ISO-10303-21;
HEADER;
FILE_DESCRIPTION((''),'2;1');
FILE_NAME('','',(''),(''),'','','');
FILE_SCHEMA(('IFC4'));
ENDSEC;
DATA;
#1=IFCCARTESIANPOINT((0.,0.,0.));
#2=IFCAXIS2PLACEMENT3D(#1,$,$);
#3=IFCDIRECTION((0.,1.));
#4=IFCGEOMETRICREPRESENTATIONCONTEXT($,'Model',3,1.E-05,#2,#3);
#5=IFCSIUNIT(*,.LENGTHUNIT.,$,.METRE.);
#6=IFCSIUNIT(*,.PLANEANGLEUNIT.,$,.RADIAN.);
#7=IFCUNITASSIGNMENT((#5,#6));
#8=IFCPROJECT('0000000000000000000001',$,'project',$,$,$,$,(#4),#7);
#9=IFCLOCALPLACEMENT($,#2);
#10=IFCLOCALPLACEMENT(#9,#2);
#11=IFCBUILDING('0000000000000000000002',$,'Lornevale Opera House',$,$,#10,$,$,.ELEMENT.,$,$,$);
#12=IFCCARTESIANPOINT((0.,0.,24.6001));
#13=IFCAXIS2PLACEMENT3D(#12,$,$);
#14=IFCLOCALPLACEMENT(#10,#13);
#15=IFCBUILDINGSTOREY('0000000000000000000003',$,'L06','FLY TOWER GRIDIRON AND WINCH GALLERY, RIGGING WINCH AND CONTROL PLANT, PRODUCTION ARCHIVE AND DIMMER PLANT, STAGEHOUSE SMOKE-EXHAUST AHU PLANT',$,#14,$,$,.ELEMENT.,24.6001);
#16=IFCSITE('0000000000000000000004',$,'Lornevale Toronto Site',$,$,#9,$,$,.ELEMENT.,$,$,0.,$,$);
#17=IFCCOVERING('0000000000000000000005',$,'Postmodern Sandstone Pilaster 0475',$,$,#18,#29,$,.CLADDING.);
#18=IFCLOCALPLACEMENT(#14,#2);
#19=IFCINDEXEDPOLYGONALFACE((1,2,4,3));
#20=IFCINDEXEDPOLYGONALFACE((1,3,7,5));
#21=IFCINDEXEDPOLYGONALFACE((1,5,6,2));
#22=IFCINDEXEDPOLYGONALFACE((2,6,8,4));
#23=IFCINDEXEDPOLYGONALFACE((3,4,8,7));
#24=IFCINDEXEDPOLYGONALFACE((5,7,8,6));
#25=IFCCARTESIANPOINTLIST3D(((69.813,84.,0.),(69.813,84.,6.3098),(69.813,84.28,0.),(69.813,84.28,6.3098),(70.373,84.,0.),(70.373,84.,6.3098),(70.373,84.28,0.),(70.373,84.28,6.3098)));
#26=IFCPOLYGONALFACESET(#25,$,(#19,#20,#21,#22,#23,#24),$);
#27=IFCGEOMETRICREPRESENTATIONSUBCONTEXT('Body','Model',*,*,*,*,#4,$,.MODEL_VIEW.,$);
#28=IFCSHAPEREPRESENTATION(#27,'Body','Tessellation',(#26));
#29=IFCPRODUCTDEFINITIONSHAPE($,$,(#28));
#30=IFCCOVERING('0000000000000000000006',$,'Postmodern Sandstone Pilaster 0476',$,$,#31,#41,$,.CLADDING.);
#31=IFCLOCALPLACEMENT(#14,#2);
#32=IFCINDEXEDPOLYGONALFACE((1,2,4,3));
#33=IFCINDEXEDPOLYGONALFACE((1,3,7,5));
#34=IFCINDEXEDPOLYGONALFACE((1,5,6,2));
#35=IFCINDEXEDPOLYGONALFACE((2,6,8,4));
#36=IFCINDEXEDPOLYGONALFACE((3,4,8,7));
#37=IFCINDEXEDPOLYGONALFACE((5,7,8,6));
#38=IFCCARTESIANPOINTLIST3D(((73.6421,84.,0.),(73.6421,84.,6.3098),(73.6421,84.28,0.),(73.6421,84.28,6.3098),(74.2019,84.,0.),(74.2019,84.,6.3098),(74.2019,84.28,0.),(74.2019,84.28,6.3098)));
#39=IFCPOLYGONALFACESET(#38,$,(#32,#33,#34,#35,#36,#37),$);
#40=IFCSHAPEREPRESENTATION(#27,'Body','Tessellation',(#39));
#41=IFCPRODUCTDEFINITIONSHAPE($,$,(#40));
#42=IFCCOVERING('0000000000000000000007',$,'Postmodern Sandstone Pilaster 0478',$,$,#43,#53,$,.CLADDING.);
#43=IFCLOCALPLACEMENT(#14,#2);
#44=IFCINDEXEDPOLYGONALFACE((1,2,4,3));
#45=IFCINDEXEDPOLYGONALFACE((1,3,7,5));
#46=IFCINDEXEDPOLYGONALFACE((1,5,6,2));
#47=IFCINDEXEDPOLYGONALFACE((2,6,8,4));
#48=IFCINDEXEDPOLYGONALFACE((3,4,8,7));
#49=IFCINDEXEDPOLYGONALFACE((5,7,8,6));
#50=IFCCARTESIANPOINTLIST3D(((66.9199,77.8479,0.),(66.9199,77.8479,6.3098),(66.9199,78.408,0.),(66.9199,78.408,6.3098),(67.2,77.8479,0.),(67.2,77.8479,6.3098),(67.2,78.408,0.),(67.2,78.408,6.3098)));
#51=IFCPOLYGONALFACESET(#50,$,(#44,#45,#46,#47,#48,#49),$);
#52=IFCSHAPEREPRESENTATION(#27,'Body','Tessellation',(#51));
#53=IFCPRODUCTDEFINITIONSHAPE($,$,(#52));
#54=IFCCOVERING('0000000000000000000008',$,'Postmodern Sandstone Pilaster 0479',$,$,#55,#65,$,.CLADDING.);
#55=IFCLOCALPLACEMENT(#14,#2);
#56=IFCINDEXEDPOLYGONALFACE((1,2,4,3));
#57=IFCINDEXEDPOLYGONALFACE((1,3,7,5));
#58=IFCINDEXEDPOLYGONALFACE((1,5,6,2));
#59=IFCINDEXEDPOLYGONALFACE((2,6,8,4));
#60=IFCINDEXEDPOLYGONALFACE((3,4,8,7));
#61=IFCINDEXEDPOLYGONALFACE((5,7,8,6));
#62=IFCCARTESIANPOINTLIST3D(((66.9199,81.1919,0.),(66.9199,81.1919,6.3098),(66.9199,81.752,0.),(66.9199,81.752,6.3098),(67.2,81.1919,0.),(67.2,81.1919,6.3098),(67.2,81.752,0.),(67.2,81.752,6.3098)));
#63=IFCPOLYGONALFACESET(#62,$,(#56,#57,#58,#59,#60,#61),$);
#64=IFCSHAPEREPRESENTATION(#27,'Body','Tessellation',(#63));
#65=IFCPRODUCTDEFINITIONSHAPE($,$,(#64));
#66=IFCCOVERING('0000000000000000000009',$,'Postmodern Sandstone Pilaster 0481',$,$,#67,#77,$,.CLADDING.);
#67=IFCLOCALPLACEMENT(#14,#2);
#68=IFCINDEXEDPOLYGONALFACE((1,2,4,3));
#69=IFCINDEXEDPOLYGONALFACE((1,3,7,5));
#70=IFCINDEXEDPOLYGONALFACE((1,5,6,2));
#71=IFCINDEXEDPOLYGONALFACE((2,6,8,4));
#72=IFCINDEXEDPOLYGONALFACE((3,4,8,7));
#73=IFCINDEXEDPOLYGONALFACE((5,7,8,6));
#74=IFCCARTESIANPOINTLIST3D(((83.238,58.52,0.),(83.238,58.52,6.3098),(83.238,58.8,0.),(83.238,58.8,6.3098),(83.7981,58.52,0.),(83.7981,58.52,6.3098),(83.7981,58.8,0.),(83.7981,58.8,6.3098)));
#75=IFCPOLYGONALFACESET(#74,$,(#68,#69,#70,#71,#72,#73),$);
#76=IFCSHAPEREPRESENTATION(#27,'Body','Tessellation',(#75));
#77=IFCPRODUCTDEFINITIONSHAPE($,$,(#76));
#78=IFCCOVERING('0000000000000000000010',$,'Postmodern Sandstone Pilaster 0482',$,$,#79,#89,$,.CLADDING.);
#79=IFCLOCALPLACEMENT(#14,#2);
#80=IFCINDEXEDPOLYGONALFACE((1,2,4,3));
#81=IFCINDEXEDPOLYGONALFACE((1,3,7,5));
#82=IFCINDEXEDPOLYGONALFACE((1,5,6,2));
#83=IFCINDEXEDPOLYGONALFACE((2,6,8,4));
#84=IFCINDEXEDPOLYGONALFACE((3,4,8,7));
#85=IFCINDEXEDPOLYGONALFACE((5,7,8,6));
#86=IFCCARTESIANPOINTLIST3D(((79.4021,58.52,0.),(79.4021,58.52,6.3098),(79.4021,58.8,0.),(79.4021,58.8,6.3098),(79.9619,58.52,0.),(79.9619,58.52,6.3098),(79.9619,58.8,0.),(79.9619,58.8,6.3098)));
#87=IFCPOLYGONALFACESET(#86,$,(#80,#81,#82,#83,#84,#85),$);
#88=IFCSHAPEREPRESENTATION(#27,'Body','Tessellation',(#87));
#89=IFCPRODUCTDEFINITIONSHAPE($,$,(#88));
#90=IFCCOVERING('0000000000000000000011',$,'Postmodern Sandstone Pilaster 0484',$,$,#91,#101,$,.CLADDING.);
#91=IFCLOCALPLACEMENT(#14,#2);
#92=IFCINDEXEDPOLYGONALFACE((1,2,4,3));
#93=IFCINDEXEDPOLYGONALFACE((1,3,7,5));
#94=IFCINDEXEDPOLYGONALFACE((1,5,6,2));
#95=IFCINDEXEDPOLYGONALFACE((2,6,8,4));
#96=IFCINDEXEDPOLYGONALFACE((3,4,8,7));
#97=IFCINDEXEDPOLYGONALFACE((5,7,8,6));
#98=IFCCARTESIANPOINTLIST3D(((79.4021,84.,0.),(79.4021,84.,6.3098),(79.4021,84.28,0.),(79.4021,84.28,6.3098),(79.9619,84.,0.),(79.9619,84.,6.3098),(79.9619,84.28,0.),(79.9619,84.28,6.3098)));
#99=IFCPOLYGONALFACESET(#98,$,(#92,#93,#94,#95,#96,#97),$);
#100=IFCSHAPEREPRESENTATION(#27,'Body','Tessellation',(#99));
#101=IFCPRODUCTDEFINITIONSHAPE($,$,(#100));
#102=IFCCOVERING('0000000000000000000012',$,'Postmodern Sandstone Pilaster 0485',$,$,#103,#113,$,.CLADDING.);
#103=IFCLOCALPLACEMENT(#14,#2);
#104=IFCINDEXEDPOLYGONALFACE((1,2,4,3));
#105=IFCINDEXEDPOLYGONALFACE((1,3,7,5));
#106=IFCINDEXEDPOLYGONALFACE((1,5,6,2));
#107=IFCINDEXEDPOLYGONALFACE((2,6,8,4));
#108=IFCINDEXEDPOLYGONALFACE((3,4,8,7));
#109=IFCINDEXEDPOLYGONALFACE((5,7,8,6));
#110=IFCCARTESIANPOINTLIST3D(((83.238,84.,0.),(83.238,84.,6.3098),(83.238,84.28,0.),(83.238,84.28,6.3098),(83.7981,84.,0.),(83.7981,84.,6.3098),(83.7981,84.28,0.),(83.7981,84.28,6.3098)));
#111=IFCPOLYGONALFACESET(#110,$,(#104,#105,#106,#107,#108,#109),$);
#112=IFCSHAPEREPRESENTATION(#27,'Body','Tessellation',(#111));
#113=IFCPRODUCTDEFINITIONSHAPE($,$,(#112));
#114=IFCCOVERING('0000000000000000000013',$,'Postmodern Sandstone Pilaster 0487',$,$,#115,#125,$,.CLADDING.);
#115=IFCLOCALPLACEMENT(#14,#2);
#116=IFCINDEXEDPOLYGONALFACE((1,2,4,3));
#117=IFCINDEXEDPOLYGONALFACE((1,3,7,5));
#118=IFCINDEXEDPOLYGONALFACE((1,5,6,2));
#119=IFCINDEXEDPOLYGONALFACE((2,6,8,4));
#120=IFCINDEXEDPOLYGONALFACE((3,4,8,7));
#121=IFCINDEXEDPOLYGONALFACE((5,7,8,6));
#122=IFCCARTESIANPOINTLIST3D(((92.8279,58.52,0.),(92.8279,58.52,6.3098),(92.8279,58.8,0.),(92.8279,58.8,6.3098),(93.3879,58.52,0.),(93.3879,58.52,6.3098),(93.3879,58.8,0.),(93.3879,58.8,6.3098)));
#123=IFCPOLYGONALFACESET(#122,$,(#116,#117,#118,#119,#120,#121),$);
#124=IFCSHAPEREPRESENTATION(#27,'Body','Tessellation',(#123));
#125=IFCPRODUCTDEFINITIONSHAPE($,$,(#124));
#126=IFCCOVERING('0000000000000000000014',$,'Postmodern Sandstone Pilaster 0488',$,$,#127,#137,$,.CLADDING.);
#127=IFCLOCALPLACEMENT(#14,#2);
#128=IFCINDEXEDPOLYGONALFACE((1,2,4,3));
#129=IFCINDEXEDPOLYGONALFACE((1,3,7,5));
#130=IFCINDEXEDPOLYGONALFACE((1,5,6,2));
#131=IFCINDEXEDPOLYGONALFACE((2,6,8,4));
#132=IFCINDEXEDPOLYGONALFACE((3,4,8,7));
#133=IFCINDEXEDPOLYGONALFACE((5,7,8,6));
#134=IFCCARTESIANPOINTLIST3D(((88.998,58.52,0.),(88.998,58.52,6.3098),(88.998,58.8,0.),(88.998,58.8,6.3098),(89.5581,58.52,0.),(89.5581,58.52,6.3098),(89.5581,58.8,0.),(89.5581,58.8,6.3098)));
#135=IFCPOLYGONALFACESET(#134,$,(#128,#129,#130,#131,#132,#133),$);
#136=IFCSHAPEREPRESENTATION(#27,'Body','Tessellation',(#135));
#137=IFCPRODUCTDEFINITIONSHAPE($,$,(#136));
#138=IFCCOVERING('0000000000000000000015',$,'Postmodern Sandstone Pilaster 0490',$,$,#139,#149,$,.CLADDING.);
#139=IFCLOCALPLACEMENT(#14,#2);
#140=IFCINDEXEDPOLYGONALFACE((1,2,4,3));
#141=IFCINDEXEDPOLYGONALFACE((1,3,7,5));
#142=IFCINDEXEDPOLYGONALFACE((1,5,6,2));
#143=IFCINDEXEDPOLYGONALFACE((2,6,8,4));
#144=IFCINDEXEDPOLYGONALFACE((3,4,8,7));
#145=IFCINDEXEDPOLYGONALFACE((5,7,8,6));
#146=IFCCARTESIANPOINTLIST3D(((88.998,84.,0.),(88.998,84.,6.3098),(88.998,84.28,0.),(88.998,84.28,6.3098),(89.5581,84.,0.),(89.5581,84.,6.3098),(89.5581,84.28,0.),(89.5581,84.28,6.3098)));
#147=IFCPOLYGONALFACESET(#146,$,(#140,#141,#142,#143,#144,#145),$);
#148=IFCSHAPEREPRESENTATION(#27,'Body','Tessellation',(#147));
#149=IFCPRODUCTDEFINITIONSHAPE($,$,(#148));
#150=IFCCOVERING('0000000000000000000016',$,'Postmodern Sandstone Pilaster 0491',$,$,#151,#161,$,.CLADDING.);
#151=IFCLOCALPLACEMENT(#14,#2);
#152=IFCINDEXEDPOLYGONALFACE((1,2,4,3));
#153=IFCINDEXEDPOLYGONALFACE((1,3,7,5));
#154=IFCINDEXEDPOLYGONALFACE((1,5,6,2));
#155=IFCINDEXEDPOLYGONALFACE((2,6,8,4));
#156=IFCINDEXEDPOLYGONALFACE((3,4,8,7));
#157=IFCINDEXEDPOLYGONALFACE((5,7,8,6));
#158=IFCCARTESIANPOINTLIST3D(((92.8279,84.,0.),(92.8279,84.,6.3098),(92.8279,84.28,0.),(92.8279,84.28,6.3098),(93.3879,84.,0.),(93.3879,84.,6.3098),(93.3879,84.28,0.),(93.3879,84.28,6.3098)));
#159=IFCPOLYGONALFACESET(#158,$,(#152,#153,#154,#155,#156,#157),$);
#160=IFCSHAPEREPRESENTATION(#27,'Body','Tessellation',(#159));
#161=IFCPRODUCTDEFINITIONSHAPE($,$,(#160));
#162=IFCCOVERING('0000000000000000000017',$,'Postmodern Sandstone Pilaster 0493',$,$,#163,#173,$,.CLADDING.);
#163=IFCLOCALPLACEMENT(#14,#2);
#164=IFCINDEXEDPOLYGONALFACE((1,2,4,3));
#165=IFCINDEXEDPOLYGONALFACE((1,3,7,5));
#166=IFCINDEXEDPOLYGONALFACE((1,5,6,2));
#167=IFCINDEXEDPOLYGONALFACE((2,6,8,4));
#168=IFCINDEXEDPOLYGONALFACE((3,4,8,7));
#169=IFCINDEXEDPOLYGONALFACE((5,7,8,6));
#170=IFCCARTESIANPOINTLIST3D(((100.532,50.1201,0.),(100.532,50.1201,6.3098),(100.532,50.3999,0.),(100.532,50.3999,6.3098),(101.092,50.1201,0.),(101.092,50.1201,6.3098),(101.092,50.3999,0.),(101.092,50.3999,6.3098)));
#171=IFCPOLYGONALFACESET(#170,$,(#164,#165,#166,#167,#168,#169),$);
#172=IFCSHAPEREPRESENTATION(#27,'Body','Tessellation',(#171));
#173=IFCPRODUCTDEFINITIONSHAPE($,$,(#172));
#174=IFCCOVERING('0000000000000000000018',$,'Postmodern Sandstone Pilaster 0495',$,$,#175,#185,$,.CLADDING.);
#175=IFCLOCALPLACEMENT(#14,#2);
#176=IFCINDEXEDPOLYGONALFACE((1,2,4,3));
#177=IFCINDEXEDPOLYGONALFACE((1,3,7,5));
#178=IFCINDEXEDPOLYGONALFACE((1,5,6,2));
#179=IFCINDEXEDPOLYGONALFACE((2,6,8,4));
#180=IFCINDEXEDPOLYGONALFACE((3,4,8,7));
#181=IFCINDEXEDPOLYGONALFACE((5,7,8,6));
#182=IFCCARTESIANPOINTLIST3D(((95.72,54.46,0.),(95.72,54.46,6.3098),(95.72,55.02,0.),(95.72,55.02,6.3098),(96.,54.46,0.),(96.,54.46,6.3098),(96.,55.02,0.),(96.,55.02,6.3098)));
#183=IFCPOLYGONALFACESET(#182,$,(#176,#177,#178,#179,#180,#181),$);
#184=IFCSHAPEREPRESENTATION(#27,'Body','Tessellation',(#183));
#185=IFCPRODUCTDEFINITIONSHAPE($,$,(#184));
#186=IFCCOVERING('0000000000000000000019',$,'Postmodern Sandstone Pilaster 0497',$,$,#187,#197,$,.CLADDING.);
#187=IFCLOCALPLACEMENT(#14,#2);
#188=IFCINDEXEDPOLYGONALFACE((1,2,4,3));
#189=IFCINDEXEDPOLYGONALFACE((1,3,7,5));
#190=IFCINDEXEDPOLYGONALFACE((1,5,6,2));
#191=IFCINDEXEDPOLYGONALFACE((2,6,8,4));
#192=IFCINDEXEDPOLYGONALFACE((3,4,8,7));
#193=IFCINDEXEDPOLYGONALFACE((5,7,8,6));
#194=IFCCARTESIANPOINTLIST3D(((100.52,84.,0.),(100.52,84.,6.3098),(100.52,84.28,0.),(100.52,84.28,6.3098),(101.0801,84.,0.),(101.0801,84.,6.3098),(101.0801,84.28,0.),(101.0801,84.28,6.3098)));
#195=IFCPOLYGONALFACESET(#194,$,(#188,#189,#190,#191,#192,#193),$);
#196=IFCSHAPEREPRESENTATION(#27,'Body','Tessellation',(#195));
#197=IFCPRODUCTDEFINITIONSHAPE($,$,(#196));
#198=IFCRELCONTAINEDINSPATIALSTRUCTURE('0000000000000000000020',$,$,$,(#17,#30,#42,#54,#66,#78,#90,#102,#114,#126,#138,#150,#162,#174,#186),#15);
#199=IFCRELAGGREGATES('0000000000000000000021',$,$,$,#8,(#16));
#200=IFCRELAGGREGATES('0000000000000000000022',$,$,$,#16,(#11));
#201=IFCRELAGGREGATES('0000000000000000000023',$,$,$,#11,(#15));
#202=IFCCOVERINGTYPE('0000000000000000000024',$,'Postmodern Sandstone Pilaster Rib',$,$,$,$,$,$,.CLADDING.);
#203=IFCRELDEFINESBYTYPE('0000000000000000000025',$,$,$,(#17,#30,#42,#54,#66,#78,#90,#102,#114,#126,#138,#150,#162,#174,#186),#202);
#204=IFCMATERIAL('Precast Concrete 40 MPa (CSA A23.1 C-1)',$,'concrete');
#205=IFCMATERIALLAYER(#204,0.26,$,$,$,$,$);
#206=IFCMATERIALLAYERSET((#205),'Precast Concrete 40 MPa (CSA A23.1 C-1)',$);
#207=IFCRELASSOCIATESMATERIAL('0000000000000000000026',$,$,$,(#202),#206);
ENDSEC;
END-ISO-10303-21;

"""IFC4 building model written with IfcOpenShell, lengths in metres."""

from ifc_helpers import new_model, si_unit, direction, frame, origin, place, context, subcontext, project, spatial, polyline, outline, extrude, material, layer, layer_set, type_object, element, save


model = new_model("IFC4")

# Units and contexts
model_context = context("Model", 3, precision=1e-05, world=origin(), true_north=direction((0.0, 1.0)))
body_context = subcontext(model_context, "Body", "Model", "MODEL_VIEW")
ifc_project = project(units=[si_unit("LENGTHUNIT", "METRE"), si_unit("PLANEANGLEUNIT", "RADIAN")], contexts=[model_context])

# Site, building, storey
site_placement = place(None, origin())
site = spatial("IfcSite", under=ifc_project, at=site_placement, Name="Lornevale Toronto Site", CompositionType="ELEMENT", RefElevation=0.0)
building_placement = place(site_placement, origin())
building = spatial("IfcBuilding", under=site, at=building_placement, Name="Lornevale Opera House", CompositionType="ELEMENT")
storey_placement = place(building_placement, frame((0.0, 0.0, 24.6001)))
storey = spatial("IfcBuildingStorey", under=building, at=storey_placement, Name="L06", Description="FLY TOWER GRIDIRON AND WINCH GALLERY, RIGGING WINCH AND CONTROL PLANT, PRODUCTION ARCHIVE AND DIMMER PLANT, STAGEHOUSE SMOKE-EXHAUST AHU PLANT", CompositionType="ELEMENT", Elevation=24.6001)

# Coverings
ifc_material_1 = material(Name="Precast Concrete 40 MPa (CSA A23.1 C-1)", Category="concrete")
ifc_layer_1 = layer(ifc_material_1, 0.26)
ifc_layer_set_1 = layer_set([ifc_layer_1], Name="Precast Concrete 40 MPa (CSA A23.1 C-1)")
covering_type = type_object("IfcCoveringType", Name="Postmodern Sandstone Pilaster Rib", PredefinedType="CLADDING", material=ifc_layer_set_1)
covering_1_placement = place(storey_placement, origin())
element("IfcCovering", 1, at=covering_1_placement, inside=storey, type_object=covering_type, Name="Postmodern Sandstone Pilaster 0475", PredefinedType="CLADDING", context=body_context, shape_type="SweptSolid", body=[
    extrude(outline(polyline([(69.813, 84.0), (70.373, 84.0), (70.373, 84.28), (69.813, 84.28), (69.813, 84.0)])), origin(), (0.0, 0.0, 1.0), 6.3098),
])
covering_2_placement = place(storey_placement, origin())
element("IfcCovering", 2, at=covering_2_placement, inside=storey, type_object=covering_type, Name="Postmodern Sandstone Pilaster 0476", PredefinedType="CLADDING", context=body_context, shape_type="SweptSolid", body=[
    extrude(outline(polyline([(73.6421, 84.0), (74.2019, 84.0), (74.2019, 84.28), (73.6421, 84.28), (73.6421, 84.0)])), origin(), (0.0, 0.0, 1.0), 6.3098),
])
covering_3_placement = place(storey_placement, origin())
element("IfcCovering", 3, at=covering_3_placement, inside=storey, type_object=covering_type, Name="Postmodern Sandstone Pilaster 0478", PredefinedType="CLADDING", context=body_context, shape_type="SweptSolid", body=[
    extrude(outline(polyline([(67.2, 77.8479), (67.2, 78.408), (66.9199, 78.408), (66.9199, 77.8479), (67.2, 77.8479)])), origin(), (0.0, 0.0, 1.0), 6.3098),
])
covering_4_placement = place(storey_placement, origin())
element("IfcCovering", 4, at=covering_4_placement, inside=storey, type_object=covering_type, Name="Postmodern Sandstone Pilaster 0479", PredefinedType="CLADDING", context=body_context, shape_type="SweptSolid", body=[
    extrude(outline(polyline([(67.2, 81.1919), (67.2, 81.752), (66.9199, 81.752), (66.9199, 81.1919), (67.2, 81.1919)])), origin(), (0.0, 0.0, 1.0), 6.3098),
])
covering_5_placement = place(storey_placement, origin())
element("IfcCovering", 5, at=covering_5_placement, inside=storey, type_object=covering_type, Name="Postmodern Sandstone Pilaster 0481", PredefinedType="CLADDING", context=body_context, shape_type="SweptSolid", body=[
    extrude(outline(polyline([(83.7981, 58.8), (83.238, 58.8), (83.238, 58.52), (83.7981, 58.52), (83.7981, 58.8)])), origin(), (0.0, 0.0, 1.0), 6.3098),
])
covering_6_placement = place(storey_placement, origin())
element("IfcCovering", 6, at=covering_6_placement, inside=storey, type_object=covering_type, Name="Postmodern Sandstone Pilaster 0482", PredefinedType="CLADDING", context=body_context, shape_type="SweptSolid", body=[
    extrude(outline(polyline([(79.9619, 58.8), (79.4021, 58.8), (79.4021, 58.52), (79.9619, 58.52), (79.9619, 58.8)])), origin(), (0.0, 0.0, 1.0), 6.3098),
])
covering_7_placement = place(storey_placement, origin())
element("IfcCovering", 7, at=covering_7_placement, inside=storey, type_object=covering_type, Name="Postmodern Sandstone Pilaster 0484", PredefinedType="CLADDING", context=body_context, shape_type="SweptSolid", body=[
    extrude(outline(polyline([(79.4021, 84.0), (79.9619, 84.0), (79.9619, 84.28), (79.4021, 84.28), (79.4021, 84.0)])), origin(), (0.0, 0.0, 1.0), 6.3098),
])
covering_8_placement = place(storey_placement, origin())
element("IfcCovering", 8, at=covering_8_placement, inside=storey, type_object=covering_type, Name="Postmodern Sandstone Pilaster 0485", PredefinedType="CLADDING", context=body_context, shape_type="SweptSolid", body=[
    extrude(outline(polyline([(83.238, 84.0), (83.7981, 84.0), (83.7981, 84.28), (83.238, 84.28), (83.238, 84.0)])), origin(), (0.0, 0.0, 1.0), 6.3098),
])
covering_9_placement = place(storey_placement, origin())
element("IfcCovering", 9, at=covering_9_placement, inside=storey, type_object=covering_type, Name="Postmodern Sandstone Pilaster 0487", PredefinedType="CLADDING", context=body_context, shape_type="SweptSolid", body=[
    extrude(outline(polyline([(93.3879, 58.8), (92.8279, 58.8), (92.8279, 58.52), (93.3879, 58.52), (93.3879, 58.8)])), origin(), (0.0, 0.0, 1.0), 6.3098),
])
covering_10_placement = place(storey_placement, origin())
element("IfcCovering", 10, at=covering_10_placement, inside=storey, type_object=covering_type, Name="Postmodern Sandstone Pilaster 0488", PredefinedType="CLADDING", context=body_context, shape_type="SweptSolid", body=[
    extrude(outline(polyline([(89.5581, 58.8), (88.998, 58.8), (88.998, 58.52), (89.5581, 58.52), (89.5581, 58.8)])), origin(), (0.0, 0.0, 1.0), 6.3098),
])
covering_11_placement = place(storey_placement, origin())
element("IfcCovering", 11, at=covering_11_placement, inside=storey, type_object=covering_type, Name="Postmodern Sandstone Pilaster 0490", PredefinedType="CLADDING", context=body_context, shape_type="SweptSolid", body=[
    extrude(outline(polyline([(88.998, 84.0), (89.5581, 84.0), (89.5581, 84.28), (88.998, 84.28), (88.998, 84.0)])), origin(), (0.0, 0.0, 1.0), 6.3098),
])
covering_12_placement = place(storey_placement, origin())
element("IfcCovering", 12, at=covering_12_placement, inside=storey, type_object=covering_type, Name="Postmodern Sandstone Pilaster 0491", PredefinedType="CLADDING", context=body_context, shape_type="SweptSolid", body=[
    extrude(outline(polyline([(92.8279, 84.0), (93.3879, 84.0), (93.3879, 84.28), (92.8279, 84.28), (92.8279, 84.0)])), origin(), (0.0, 0.0, 1.0), 6.3098),
])
covering_13_placement = place(storey_placement, origin())
element("IfcCovering", 13, at=covering_13_placement, inside=storey, type_object=covering_type, Name="Postmodern Sandstone Pilaster 0493", PredefinedType="CLADDING", context=body_context, shape_type="SweptSolid", body=[
    extrude(outline(polyline([(101.092, 50.3999), (100.532, 50.3999), (100.532, 50.1201), (101.092, 50.1201), (101.092, 50.3999)])), origin(), (0.0, 0.0, 1.0), 6.3098),
])
covering_14_placement = place(storey_placement, origin())
element("IfcCovering", 14, at=covering_14_placement, inside=storey, type_object=covering_type, Name="Postmodern Sandstone Pilaster 0495", PredefinedType="CLADDING", context=body_context, shape_type="SweptSolid", body=[
    extrude(outline(polyline([(96.0, 54.46), (96.0, 55.02), (95.72, 55.02), (95.72, 54.46), (96.0, 54.46)])), origin(), (0.0, 0.0, 1.0), 6.3098),
])
covering_15_placement = place(storey_placement, origin())
element("IfcCovering", 15, at=covering_15_placement, inside=storey, type_object=covering_type, Name="Postmodern Sandstone Pilaster 0497", PredefinedType="CLADDING", context=body_context, shape_type="SweptSolid", body=[
    extrude(outline(polyline([(100.52, 84.0), (101.0801, 84.0), (101.0801, 84.28), (100.52, 84.28), (100.52, 84.0)])), origin(), (0.0, 0.0, 1.0), 6.3098),
])

save(model, "model.ifc")
